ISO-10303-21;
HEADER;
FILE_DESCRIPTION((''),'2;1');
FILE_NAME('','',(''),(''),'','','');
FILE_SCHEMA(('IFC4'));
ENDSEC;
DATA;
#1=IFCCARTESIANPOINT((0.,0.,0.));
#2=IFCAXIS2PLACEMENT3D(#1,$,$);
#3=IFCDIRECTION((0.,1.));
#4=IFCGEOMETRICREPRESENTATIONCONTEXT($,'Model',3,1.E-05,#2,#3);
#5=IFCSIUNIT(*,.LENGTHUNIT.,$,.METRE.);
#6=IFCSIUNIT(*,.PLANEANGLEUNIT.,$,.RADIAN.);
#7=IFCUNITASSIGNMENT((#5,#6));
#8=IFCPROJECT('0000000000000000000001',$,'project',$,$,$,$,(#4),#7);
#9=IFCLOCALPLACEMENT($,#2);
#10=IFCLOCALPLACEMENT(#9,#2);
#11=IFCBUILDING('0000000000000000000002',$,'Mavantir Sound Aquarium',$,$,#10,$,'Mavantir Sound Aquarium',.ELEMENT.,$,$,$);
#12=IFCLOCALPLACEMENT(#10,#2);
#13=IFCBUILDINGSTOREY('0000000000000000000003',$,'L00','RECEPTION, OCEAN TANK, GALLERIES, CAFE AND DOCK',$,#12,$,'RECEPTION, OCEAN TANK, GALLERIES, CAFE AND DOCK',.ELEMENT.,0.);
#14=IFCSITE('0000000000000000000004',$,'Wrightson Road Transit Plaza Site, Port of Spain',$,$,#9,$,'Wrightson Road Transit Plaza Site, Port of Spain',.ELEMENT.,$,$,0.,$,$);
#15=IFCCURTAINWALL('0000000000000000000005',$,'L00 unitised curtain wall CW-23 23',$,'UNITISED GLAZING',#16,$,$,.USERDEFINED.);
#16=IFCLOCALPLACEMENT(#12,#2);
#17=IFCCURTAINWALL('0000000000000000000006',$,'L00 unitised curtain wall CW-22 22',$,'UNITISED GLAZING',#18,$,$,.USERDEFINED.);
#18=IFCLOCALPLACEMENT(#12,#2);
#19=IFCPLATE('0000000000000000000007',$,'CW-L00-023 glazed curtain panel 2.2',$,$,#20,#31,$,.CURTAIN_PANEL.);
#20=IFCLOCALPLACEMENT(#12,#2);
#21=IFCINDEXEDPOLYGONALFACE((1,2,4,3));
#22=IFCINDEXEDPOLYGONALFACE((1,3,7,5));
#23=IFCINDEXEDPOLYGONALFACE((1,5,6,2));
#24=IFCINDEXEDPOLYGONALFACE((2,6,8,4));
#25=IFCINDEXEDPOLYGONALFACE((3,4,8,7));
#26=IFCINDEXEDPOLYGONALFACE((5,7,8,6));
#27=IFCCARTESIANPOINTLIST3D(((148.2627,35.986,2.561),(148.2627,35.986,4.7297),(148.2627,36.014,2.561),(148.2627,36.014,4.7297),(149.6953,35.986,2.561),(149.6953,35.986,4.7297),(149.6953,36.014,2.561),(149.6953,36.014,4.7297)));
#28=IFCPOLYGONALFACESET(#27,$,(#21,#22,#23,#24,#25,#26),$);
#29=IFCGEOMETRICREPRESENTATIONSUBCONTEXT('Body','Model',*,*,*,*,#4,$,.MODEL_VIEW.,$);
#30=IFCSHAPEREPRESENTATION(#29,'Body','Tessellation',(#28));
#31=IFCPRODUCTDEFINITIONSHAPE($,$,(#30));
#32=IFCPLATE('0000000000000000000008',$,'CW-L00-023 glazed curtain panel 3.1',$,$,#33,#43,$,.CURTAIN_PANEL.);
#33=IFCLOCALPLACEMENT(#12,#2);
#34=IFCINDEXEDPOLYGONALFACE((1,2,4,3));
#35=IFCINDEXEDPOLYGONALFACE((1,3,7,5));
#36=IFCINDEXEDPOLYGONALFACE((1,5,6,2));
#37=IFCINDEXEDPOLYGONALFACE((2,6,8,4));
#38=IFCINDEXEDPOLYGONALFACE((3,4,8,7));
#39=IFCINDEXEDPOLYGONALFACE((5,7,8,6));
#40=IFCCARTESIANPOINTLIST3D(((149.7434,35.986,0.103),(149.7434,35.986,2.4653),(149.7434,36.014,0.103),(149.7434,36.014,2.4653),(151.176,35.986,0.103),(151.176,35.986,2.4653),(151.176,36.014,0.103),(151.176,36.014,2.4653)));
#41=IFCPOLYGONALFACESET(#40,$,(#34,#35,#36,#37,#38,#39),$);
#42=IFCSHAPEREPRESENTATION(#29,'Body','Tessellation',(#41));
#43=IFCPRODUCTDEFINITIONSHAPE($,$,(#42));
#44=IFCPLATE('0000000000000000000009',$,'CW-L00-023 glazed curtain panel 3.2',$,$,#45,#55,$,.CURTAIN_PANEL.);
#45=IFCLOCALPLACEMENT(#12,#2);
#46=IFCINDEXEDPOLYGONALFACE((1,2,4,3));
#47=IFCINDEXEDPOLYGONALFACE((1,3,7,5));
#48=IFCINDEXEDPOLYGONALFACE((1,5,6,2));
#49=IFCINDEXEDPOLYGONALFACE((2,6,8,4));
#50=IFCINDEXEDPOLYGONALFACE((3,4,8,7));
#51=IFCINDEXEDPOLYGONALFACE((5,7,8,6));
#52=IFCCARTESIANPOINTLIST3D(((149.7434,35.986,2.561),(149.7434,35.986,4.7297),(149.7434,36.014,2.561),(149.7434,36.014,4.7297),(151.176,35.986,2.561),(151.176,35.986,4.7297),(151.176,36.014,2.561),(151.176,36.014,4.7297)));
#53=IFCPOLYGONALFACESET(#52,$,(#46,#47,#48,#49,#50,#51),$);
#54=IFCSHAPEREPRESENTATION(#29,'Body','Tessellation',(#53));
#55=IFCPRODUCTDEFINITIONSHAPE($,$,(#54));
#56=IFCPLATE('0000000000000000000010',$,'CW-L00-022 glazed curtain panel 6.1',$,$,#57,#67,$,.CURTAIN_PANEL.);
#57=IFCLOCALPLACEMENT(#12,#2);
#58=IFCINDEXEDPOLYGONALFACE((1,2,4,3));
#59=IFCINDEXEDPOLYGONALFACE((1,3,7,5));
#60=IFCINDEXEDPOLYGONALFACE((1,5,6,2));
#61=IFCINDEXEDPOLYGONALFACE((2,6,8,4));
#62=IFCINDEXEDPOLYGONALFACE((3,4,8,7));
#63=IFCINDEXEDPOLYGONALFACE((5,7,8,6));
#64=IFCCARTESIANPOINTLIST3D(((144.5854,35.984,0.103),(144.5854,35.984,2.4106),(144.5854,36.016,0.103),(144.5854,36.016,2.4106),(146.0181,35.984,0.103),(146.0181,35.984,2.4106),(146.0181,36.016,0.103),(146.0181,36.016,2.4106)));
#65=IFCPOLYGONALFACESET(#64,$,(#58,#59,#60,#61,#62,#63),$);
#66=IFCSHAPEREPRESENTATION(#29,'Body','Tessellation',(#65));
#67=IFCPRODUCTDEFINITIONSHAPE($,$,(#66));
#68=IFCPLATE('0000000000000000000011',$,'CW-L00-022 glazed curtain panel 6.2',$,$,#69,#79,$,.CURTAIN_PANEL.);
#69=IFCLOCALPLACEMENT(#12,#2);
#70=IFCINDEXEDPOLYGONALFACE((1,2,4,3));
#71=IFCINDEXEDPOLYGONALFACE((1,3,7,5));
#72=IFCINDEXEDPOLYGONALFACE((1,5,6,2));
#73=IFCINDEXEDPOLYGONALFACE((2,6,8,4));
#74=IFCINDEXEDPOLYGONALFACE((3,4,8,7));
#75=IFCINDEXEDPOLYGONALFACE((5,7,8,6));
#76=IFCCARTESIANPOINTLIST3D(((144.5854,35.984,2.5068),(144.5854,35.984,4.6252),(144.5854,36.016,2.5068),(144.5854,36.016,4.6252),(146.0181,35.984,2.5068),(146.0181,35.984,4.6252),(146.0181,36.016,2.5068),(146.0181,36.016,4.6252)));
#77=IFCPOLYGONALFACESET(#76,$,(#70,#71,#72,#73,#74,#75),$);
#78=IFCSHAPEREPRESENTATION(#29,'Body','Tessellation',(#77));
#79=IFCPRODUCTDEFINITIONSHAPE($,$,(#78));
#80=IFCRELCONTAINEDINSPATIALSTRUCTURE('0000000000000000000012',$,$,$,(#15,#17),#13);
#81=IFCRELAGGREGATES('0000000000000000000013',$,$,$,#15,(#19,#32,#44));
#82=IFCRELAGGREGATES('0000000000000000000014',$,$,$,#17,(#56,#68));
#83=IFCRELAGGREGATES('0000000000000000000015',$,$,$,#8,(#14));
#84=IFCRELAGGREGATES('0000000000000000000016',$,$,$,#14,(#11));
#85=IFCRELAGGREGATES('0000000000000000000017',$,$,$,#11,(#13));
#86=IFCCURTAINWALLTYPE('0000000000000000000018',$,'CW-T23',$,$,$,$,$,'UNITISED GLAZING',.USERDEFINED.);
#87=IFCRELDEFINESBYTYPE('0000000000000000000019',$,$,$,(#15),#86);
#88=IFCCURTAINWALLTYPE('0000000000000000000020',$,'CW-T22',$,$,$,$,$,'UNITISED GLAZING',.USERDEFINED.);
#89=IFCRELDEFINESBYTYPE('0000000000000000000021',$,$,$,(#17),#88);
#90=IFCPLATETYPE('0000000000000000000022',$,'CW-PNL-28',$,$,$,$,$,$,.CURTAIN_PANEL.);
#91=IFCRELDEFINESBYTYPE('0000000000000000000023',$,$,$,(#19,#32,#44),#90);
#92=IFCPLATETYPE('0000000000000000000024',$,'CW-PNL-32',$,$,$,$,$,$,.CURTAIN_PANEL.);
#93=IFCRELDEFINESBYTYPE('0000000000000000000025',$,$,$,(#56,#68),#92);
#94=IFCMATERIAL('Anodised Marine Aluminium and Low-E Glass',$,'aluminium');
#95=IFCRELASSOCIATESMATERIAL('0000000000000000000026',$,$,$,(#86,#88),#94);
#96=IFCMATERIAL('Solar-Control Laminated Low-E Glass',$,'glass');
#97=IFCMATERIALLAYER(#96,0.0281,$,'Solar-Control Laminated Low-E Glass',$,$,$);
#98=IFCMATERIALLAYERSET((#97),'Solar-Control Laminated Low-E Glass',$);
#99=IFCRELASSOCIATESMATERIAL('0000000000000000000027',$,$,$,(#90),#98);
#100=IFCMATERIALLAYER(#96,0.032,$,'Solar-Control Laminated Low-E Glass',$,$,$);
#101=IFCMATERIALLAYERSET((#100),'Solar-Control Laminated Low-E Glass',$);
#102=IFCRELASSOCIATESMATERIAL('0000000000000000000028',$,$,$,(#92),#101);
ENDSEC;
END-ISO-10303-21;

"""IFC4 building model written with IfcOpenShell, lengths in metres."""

from ifc_helpers import new_model, si_unit, direction, frame, origin, origin_2d, place, context, subcontext, project, spatial, rectangle, extrude, material, layer, layer_set, type_object, element, aggregate, save


model = new_model("IFC4")

# Units and contexts
model_context = context("Model", 3, precision=1e-05, world=origin(), true_north=direction((0.0, 1.0)))
body_context = subcontext(model_context, "Body", "Model", "MODEL_VIEW")
ifc_project = project(units=[si_unit("LENGTHUNIT", "METRE"), si_unit("PLANEANGLEUNIT", "RADIAN")], contexts=[model_context])

# Site, building, storey
site_placement = place(None, origin())
site = spatial("IfcSite", under=ifc_project, at=site_placement, Name="Wrightson Road Transit Plaza Site, Port of Spain", LongName="Wrightson Road Transit Plaza Site, Port of Spain", CompositionType="ELEMENT", RefElevation=0.0)
building_placement = place(site_placement, origin())
building = spatial("IfcBuilding", under=site, at=building_placement, Name="Mavantir Sound Aquarium", LongName="Mavantir Sound Aquarium", CompositionType="ELEMENT")
storey_placement = place(building_placement, origin())
storey = spatial("IfcBuildingStorey", under=building, at=storey_placement, Name="L00", Description="RECEPTION, OCEAN TANK, GALLERIES, CAFE AND DOCK", LongName="RECEPTION, OCEAN TANK, GALLERIES, CAFE AND DOCK", CompositionType="ELEMENT", Elevation=0.0)

# Curtain walls
ifc_material_1 = material(Name="Anodised Marine Aluminium and Low-E Glass", Category="aluminium")
curtain_wall_type_1 = type_object("IfcCurtainWallType", Name="CW-T23", ElementType="UNITISED GLAZING", PredefinedType="USERDEFINED", material=ifc_material_1)
curtain_wall_1_placement = place(storey_placement, origin())
curtain_wall_1 = element("IfcCurtainWall", 1, at=curtain_wall_1_placement, inside=storey, type_object=curtain_wall_type_1, Name="L00 unitised curtain wall CW-23 23", ObjectType="UNITISED GLAZING", PredefinedType="USERDEFINED")
curtain_wall_type_2 = type_object("IfcCurtainWallType", Name="CW-T22", ElementType="UNITISED GLAZING", PredefinedType="USERDEFINED", material=ifc_material_1)
curtain_wall_2_placement = place(storey_placement, origin())
curtain_wall_2 = element("IfcCurtainWall", 2, at=curtain_wall_2_placement, inside=storey, type_object=curtain_wall_type_2, Name="L00 unitised curtain wall CW-22 22", ObjectType="UNITISED GLAZING", PredefinedType="USERDEFINED")

# Plates
ifc_material_2 = material(Name="Solar-Control Laminated Low-E Glass", Category="glass")
ifc_layer_1 = layer(ifc_material_2, 0.0281, Name="Solar-Control Laminated Low-E Glass")
ifc_layer_set_1 = layer_set([ifc_layer_1], Name="Solar-Control Laminated Low-E Glass")
plate_type_1 = type_object("IfcPlateType", Name="CW-PNL-28", PredefinedType="CURTAIN_PANEL", material=ifc_layer_set_1)
plate_1_placement = place(storey_placement, frame((148.979, 36.0, 2.561), z_axis=(0.0, 0.0, 1.0), x_axis=(1.0, 0.0, 0.0)))
plate_1 = element("IfcPlate", 3, at=plate_1_placement, type_object=plate_type_1, Name="CW-L00-023 glazed curtain panel 2.2", PredefinedType="CURTAIN_PANEL", context=body_context, shape_type="SweptSolid", body=[
    extrude(rectangle(XDim=1.4326, YDim=0.0281, at=origin_2d()), origin(), (0.0, 0.0, 1.0), 2.1687),
])
plate_2_placement = place(storey_placement, frame((150.4597, 36.0, 0.103), z_axis=(0.0, 0.0, 1.0), x_axis=(1.0, 0.0, 0.0)))
plate_2 = element("IfcPlate", 4, at=plate_2_placement, type_object=plate_type_1, Name="CW-L00-023 glazed curtain panel 3.1", PredefinedType="CURTAIN_PANEL", context=body_context, shape_type="SweptSolid", body=[
    extrude(rectangle(XDim=1.4326, YDim=0.0281, at=origin_2d()), origin(), (0.0, 0.0, 1.0), 2.3623),
])
plate_3_placement = place(storey_placement, frame((150.4597, 36.0, 2.561), z_axis=(0.0, 0.0, 1.0), x_axis=(1.0, 0.0, 0.0)))
plate_3 = element("IfcPlate", 5, at=plate_3_placement, type_object=plate_type_1, Name="CW-L00-023 glazed curtain panel 3.2", PredefinedType="CURTAIN_PANEL", context=body_context, shape_type="SweptSolid", body=[
    extrude(rectangle(XDim=1.4326, YDim=0.0281, at=origin_2d()), origin(), (0.0, 0.0, 1.0), 2.1687),
])
aggregate(curtain_wall_1, [plate_1, plate_2, plate_3])
ifc_layer_2 = layer(ifc_material_2, 0.032, Name="Solar-Control Laminated Low-E Glass")
ifc_layer_set_2 = layer_set([ifc_layer_2], Name="Solar-Control Laminated Low-E Glass")
plate_type_2 = type_object("IfcPlateType", Name="CW-PNL-32", PredefinedType="CURTAIN_PANEL", material=ifc_layer_set_2)
plate_4_placement = place(storey_placement, frame((145.3018, 36.0, 0.103), z_axis=(0.0, 0.0, 1.0), x_axis=(1.0, 0.0, 0.0)))
plate_4 = element("IfcPlate", 6, at=plate_4_placement, type_object=plate_type_2, Name="CW-L00-022 glazed curtain panel 6.1", PredefinedType="CURTAIN_PANEL", context=body_context, shape_type="SweptSolid", body=[
    extrude(rectangle(XDim=1.4326, YDim=0.032, at=origin_2d()), origin(), (0.0, 0.0, 1.0), 2.3076),
])
plate_5_placement = place(storey_placement, frame((145.3018, 36.0, 2.5068), z_axis=(0.0, 0.0, 1.0), x_axis=(1.0, 0.0, 0.0)))
plate_5 = element("IfcPlate", 7, at=plate_5_placement, type_object=plate_type_2, Name="CW-L00-022 glazed curtain panel 6.2", PredefinedType="CURTAIN_PANEL", context=body_context, shape_type="SweptSolid", body=[
    extrude(rectangle(XDim=1.4326, YDim=0.032, at=origin_2d()), origin(), (0.0, 0.0, 1.0), 2.1184),
])
aggregate(curtain_wall_2, [plate_4, plate_5])

save(model, "model.ifc")
